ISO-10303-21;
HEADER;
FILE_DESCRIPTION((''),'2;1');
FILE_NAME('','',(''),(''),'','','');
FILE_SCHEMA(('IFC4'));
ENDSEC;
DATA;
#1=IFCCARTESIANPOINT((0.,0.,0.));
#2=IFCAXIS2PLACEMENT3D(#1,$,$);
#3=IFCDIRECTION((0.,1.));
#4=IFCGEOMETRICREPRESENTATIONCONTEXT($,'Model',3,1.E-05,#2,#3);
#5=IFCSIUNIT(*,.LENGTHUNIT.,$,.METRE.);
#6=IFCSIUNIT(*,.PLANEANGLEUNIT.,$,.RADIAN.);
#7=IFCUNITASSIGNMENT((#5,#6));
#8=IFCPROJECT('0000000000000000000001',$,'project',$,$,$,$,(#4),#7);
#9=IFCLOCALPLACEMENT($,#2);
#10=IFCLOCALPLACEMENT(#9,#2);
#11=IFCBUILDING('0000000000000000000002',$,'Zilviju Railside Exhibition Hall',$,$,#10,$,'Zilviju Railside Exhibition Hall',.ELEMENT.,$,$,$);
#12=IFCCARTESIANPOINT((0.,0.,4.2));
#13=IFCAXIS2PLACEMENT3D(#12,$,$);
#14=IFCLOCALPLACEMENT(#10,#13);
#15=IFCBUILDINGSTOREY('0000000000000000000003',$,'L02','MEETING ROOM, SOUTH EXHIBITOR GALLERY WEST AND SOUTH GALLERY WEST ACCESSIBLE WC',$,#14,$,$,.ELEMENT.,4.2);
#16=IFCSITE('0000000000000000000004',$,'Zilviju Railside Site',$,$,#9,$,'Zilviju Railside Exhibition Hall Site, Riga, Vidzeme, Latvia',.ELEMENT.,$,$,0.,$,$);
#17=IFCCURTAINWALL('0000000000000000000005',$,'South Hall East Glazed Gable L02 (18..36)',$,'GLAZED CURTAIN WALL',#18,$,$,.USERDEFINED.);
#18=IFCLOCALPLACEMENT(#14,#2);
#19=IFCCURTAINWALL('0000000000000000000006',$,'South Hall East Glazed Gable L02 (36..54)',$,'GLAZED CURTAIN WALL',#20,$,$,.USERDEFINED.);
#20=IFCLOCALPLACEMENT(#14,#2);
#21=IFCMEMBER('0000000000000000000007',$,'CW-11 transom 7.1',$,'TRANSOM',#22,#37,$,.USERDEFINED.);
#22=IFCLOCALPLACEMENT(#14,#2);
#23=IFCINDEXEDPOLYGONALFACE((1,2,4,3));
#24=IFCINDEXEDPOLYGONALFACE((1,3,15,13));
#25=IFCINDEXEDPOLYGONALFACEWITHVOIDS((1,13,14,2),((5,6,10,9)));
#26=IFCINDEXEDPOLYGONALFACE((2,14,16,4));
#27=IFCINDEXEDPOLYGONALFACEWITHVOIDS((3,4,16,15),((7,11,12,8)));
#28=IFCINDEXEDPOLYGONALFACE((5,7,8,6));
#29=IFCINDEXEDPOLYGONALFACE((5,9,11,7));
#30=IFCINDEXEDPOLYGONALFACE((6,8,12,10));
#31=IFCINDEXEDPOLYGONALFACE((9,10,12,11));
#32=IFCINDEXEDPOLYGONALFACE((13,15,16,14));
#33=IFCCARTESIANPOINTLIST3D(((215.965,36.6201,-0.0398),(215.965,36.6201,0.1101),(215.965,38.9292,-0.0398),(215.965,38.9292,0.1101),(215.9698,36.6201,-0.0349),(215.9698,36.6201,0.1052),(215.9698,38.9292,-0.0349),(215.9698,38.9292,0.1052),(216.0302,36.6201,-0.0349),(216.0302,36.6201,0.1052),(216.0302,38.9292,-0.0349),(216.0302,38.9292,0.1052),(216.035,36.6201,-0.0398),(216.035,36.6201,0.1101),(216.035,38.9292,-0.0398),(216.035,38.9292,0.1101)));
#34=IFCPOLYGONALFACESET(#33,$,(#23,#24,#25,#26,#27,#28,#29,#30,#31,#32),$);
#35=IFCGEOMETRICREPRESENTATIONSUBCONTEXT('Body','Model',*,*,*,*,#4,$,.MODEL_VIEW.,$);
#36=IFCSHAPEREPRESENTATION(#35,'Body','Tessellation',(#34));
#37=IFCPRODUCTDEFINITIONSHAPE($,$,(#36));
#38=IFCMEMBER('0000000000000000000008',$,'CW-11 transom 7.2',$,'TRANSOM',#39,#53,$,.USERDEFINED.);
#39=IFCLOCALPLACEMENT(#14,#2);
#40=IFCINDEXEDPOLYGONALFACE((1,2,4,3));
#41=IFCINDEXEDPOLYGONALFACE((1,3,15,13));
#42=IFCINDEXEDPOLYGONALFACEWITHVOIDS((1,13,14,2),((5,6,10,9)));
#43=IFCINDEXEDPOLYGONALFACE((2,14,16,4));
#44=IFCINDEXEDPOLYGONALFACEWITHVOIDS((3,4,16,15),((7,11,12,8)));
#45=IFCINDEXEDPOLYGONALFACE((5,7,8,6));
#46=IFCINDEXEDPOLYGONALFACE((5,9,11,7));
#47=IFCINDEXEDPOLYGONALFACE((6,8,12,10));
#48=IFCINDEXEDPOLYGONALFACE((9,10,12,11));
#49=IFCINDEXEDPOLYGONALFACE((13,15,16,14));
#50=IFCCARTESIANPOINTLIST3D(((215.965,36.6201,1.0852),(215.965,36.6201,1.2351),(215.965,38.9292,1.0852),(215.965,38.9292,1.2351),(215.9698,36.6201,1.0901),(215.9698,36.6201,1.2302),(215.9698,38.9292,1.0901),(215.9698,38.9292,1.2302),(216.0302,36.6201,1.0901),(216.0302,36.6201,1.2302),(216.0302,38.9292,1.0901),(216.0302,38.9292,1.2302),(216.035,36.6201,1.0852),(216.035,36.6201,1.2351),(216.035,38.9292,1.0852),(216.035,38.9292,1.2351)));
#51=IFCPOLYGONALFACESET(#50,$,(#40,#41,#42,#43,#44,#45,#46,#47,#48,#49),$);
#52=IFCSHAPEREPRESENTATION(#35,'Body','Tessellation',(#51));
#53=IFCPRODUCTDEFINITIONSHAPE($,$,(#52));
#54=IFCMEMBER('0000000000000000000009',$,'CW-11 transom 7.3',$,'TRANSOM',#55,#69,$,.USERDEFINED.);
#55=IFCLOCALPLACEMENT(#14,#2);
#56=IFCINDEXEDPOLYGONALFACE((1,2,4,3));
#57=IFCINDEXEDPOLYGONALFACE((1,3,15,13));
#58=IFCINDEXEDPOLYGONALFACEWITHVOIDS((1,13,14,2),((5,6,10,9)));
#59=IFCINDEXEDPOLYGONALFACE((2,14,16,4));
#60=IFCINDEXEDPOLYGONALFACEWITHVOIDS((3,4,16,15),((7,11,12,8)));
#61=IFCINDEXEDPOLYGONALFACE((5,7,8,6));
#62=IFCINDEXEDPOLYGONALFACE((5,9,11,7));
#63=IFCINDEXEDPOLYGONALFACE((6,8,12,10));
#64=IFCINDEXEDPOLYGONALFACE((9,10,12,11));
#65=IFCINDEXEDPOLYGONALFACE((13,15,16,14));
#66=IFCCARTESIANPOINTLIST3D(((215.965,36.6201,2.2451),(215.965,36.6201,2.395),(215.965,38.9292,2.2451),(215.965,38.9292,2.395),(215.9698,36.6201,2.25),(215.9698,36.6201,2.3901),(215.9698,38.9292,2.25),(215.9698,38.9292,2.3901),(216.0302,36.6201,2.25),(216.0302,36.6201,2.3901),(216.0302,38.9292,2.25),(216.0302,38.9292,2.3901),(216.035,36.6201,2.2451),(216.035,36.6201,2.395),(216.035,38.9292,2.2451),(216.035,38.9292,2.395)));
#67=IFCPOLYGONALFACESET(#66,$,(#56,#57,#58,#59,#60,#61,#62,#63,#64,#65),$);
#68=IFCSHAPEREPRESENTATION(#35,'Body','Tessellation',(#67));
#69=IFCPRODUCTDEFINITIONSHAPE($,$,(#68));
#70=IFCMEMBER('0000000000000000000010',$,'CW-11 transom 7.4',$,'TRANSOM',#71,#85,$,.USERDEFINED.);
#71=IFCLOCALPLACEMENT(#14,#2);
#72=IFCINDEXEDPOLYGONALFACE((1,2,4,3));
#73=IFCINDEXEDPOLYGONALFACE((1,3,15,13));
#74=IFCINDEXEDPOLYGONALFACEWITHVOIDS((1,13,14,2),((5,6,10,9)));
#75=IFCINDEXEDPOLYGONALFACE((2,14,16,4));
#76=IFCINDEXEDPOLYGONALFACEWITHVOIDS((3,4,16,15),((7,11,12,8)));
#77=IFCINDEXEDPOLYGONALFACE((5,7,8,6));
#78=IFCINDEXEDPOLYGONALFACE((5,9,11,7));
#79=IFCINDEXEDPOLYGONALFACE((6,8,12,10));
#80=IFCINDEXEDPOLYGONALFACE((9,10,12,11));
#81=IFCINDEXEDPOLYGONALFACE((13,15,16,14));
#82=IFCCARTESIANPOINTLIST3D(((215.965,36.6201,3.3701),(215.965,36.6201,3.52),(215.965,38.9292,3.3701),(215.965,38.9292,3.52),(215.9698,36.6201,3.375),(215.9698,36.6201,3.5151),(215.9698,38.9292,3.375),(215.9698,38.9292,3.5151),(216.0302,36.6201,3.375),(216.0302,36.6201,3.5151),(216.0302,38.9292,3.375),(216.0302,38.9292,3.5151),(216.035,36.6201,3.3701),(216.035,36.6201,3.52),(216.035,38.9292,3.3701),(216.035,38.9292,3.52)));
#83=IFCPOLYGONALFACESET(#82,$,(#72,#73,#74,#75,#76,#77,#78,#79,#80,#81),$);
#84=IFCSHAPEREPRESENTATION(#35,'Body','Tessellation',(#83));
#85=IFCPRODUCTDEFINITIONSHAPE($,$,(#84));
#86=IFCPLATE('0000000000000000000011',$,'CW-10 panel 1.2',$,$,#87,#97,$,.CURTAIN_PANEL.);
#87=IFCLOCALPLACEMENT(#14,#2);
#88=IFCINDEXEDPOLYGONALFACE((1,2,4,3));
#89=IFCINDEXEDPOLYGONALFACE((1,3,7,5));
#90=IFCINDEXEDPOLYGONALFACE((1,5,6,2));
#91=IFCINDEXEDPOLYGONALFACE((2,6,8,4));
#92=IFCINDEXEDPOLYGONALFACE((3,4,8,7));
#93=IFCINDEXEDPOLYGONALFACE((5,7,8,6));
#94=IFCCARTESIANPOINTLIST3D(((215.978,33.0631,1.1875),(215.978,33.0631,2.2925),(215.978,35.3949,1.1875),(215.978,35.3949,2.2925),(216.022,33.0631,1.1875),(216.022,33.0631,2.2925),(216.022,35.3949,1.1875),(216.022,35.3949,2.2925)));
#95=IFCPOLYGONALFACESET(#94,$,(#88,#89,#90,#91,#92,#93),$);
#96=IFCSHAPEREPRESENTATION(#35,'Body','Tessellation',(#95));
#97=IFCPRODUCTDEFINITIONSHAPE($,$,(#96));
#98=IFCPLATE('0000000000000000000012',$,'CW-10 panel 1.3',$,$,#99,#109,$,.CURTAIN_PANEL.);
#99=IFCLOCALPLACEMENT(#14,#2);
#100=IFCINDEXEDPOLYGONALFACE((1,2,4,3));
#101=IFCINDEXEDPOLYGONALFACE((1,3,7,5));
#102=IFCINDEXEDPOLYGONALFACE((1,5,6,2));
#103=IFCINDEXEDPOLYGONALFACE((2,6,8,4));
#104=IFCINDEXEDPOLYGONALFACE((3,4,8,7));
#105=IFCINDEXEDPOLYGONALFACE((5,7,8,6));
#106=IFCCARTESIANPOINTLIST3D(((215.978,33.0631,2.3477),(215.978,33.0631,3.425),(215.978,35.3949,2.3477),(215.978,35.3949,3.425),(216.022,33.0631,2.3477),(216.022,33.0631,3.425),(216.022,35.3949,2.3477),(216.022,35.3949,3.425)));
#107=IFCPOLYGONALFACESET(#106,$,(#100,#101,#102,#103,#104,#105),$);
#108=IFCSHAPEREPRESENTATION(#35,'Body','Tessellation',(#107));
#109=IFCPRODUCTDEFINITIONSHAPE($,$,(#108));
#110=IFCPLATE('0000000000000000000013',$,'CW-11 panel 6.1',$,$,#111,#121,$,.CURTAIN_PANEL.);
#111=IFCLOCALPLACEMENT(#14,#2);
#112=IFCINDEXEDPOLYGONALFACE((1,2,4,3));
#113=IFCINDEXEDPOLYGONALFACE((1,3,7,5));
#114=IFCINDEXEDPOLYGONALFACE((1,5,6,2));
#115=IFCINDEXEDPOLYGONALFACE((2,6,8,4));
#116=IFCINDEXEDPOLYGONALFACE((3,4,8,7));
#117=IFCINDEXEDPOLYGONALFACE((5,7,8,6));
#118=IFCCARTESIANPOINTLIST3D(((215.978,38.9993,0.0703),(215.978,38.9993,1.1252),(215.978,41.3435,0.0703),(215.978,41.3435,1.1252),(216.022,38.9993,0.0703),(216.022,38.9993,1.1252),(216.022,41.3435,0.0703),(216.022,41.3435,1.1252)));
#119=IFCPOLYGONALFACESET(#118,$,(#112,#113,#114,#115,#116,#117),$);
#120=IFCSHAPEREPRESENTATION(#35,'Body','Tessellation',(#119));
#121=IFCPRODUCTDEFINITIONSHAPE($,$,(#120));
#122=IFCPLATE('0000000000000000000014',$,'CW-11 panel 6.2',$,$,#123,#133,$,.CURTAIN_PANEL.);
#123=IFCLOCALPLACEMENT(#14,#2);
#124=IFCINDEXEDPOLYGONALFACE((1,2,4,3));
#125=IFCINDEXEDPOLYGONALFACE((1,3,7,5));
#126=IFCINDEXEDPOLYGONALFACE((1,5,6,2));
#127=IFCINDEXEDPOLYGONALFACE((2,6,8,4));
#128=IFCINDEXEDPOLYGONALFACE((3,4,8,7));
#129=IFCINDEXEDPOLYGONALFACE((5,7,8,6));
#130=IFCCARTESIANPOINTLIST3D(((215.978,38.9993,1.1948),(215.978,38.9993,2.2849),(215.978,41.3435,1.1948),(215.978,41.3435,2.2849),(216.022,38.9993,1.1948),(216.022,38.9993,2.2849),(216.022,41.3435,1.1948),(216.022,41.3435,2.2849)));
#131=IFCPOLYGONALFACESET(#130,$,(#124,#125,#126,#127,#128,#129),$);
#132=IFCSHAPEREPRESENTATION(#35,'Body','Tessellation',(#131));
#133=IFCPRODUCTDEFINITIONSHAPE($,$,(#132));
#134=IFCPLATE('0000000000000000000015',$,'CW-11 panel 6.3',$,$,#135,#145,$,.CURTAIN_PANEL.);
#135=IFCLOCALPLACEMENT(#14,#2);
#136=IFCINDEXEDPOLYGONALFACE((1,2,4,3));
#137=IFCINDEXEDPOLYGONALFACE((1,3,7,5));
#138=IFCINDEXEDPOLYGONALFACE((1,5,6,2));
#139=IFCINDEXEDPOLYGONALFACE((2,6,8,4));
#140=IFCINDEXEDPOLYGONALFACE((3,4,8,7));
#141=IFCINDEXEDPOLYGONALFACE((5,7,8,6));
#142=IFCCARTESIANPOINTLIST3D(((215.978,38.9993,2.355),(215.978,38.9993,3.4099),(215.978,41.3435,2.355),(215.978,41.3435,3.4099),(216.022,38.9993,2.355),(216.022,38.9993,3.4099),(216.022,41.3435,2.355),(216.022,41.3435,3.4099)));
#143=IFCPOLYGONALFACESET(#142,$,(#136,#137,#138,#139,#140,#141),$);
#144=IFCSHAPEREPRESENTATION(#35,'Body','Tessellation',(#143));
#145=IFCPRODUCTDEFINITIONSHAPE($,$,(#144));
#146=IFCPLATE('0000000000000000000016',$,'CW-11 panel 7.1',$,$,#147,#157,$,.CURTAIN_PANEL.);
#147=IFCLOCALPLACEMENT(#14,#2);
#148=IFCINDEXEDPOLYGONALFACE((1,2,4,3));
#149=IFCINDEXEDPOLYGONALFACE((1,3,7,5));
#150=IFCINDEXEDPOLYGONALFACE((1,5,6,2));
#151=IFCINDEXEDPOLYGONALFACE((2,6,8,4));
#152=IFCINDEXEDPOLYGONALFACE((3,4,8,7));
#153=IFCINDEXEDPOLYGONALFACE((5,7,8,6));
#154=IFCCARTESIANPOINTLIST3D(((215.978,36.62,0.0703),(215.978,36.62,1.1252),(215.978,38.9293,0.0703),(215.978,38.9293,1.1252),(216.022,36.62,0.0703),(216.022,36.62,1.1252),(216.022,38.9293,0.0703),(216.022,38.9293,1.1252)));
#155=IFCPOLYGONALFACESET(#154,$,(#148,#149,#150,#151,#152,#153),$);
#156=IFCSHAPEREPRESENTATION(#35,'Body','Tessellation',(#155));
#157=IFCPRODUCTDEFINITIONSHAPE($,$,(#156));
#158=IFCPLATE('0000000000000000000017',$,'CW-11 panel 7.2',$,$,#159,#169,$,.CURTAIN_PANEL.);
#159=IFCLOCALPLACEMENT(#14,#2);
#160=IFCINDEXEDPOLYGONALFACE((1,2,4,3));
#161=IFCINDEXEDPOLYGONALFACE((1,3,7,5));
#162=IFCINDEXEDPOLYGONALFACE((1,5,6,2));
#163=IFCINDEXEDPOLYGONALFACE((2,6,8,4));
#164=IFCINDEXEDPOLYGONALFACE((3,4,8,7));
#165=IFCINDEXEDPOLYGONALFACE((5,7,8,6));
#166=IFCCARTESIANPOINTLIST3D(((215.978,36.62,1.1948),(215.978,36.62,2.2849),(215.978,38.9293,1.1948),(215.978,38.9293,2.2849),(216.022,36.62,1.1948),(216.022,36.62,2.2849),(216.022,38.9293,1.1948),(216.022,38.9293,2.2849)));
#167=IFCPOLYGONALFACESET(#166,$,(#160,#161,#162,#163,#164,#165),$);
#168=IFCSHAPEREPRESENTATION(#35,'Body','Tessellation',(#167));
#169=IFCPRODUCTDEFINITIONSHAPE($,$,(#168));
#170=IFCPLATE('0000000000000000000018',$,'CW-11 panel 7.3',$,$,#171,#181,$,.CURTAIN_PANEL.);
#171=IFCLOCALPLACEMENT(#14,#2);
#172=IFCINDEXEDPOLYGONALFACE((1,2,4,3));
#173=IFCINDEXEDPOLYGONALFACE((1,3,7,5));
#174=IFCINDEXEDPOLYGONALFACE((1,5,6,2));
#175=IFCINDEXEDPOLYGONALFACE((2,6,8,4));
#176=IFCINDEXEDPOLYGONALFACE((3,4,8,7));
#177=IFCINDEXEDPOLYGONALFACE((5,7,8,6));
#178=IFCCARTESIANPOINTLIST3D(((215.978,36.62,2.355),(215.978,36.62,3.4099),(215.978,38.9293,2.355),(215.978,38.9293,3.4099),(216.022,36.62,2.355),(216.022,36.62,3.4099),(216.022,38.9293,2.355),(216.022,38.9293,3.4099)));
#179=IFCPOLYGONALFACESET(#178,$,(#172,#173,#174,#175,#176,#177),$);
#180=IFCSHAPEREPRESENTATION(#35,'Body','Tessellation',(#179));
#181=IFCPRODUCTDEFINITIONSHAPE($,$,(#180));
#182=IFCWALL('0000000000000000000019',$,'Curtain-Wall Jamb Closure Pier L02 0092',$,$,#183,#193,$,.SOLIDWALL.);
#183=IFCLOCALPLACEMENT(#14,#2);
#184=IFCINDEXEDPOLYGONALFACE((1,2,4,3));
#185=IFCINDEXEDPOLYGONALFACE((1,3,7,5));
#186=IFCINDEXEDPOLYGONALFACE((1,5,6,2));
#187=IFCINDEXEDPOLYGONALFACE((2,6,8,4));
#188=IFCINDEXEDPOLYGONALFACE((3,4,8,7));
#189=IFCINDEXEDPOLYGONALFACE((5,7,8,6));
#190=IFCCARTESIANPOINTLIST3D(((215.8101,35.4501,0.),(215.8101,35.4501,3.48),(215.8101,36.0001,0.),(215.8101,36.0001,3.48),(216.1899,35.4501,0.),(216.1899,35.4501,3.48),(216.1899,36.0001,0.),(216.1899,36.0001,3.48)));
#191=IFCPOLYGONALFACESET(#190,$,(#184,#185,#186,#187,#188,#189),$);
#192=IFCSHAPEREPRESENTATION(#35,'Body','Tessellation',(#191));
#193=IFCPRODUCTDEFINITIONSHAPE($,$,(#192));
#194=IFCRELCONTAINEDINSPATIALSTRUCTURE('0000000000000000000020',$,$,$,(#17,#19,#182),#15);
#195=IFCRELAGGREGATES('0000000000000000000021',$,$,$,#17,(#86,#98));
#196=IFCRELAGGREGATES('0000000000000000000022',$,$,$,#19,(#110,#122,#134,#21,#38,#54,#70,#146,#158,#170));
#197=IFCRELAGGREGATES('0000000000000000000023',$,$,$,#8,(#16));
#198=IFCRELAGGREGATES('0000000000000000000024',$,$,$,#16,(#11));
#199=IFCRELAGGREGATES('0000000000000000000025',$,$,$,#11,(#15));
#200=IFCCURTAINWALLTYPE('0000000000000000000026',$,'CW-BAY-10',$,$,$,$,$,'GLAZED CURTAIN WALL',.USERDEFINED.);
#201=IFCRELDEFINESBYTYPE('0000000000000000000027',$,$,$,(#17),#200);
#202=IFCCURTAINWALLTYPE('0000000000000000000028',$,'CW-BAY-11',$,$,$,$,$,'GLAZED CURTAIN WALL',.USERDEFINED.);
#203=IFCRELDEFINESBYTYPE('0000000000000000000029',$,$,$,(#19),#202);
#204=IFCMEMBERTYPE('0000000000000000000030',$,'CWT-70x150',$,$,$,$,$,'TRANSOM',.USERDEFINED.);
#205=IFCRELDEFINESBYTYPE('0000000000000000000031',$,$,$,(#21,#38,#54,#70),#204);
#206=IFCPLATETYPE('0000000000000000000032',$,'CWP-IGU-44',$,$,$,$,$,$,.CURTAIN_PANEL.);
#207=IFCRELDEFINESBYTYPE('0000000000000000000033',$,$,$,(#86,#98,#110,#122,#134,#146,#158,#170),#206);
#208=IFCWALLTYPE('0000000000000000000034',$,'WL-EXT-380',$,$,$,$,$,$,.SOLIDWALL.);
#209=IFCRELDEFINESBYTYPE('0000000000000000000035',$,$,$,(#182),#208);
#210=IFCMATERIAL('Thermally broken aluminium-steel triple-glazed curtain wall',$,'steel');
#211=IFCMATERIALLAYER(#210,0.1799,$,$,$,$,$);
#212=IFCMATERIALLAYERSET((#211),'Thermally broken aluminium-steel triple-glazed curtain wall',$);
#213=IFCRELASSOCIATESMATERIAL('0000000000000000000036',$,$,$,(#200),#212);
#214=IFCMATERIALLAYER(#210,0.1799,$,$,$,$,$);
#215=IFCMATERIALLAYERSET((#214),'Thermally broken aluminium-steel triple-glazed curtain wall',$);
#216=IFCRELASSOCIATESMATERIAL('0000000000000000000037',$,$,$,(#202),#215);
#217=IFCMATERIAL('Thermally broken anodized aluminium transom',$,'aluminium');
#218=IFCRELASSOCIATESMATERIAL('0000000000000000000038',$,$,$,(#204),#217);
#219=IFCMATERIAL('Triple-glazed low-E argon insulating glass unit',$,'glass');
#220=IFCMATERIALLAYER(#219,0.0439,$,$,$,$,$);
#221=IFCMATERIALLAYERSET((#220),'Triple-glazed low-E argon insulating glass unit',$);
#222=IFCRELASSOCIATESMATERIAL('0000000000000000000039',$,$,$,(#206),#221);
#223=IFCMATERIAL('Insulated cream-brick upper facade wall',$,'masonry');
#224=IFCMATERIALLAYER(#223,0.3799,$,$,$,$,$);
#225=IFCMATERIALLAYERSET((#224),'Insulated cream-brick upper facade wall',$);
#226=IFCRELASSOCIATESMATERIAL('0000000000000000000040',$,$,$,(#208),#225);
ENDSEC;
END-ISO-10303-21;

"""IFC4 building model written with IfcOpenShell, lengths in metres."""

from ifc_helpers import new_model, si_unit, direction, frame, frame_2d, origin, origin_2d, place, context, subcontext, project, spatial, rectangle, hollow_rectangle, extrude, material, layer, layer_set, material_profile, profile_set, type_object, element, aggregate, save


model = new_model("IFC4")

# Units and contexts
model_context = context("Model", 3, precision=1e-05, world=origin(), true_north=direction((0.0, 1.0)))
body_context = subcontext(model_context, "Body", "Model", "MODEL_VIEW")
ifc_project = project(units=[si_unit("LENGTHUNIT", "METRE"), si_unit("PLANEANGLEUNIT", "RADIAN")], contexts=[model_context])

# Site, building, storey
site_placement = place(None, origin())
site = spatial("IfcSite", under=ifc_project, at=site_placement, Name="Zilviju Railside Site", LongName="Zilviju Railside Exhibition Hall Site, Riga, Vidzeme, Latvia", CompositionType="ELEMENT", RefElevation=0.0)
building_placement = place(site_placement, origin())
building = spatial("IfcBuilding", under=site, at=building_placement, Name="Zilviju Railside Exhibition Hall", LongName="Zilviju Railside Exhibition Hall", CompositionType="ELEMENT")
storey_placement = place(building_placement, frame((0.0, 0.0, 4.2)))
storey = spatial("IfcBuildingStorey", under=building, at=storey_placement, Name="L02", Description="MEETING ROOM, SOUTH EXHIBITOR GALLERY WEST AND SOUTH GALLERY WEST ACCESSIBLE WC", CompositionType="ELEMENT", Elevation=4.2)

# Curtain wall
ifc_material_1 = material(Name="Thermally broken aluminium-steel triple-glazed curtain wall", Category="steel")
ifc_layer_1 = layer(ifc_material_1, 0.1799)
ifc_layer_set_1 = layer_set([ifc_layer_1], Name="Thermally broken aluminium-steel triple-glazed curtain wall")
curtain_wall_type_1 = type_object("IfcCurtainWallType", Name="CW-BAY-10", ElementType="GLAZED CURTAIN WALL", PredefinedType="USERDEFINED", material=ifc_layer_set_1)
curtain_wall_1_placement = place(storey_placement, origin())
curtain_wall_1 = element("IfcCurtainWall", 1, at=curtain_wall_1_placement, inside=storey, type_object=curtain_wall_type_1, Name="South Hall East Glazed Gable L02 (18..36)", ObjectType="GLAZED CURTAIN WALL", PredefinedType="USERDEFINED")

# Curtain wall
ifc_layer_2 = layer(ifc_material_1, 0.1799)
ifc_layer_set_2 = layer_set([ifc_layer_2], Name="Thermally broken aluminium-steel triple-glazed curtain wall")
curtain_wall_type_2 = type_object("IfcCurtainWallType", Name="CW-BAY-11", ElementType="GLAZED CURTAIN WALL", PredefinedType="USERDEFINED", material=ifc_layer_set_2)
curtain_wall_2_placement = place(storey_placement, origin())
curtain_wall_2 = element("IfcCurtainWall", 2, at=curtain_wall_2_placement, inside=storey, type_object=curtain_wall_type_2, Name="South Hall East Glazed Gable L02 (36..54)", ObjectType="GLAZED CURTAIN WALL", PredefinedType="USERDEFINED")

# Members
ifc_material_2 = material(Name="Thermally broken anodized aluminium transom", Category="aluminium")
ifc_material_profile_1 = material_profile(ifc_material_2, hollow_rectangle(XDim=0.0701, YDim=0.1499, WallThickness=0.0049, at=origin_2d()), Name="TRANSOM 150x70x5")
ifc_profile_set_1 = profile_set([ifc_material_profile_1], Name="Thermally broken anodized aluminium transom")
member_type_1 = type_object("IfcMemberType", Name="CWT-70x150", ElementType="TRANSOM", PredefinedType="USERDEFINED", material=ifc_profile_set_1)
member_1_placement = place(storey_placement, frame((216.0, 38.9292, 0.0352), z_axis=(0.0, -1.0, 0.0), x_axis=(1.0, 0.0, 0.0)))
member_1 = element("IfcMember", 3, at=member_1_placement, type_object=member_type_1, Name="CW-11 transom 7.1", ObjectType="TRANSOM", PredefinedType="USERDEFINED", context=body_context, shape_type="SweptSolid", body=[
    extrude(hollow_rectangle(XDim=0.0701, YDim=0.1499, WallThickness=0.0049, at=origin_2d()), origin(), (0.0, 0.0, 1.0), 2.3091),
])
member_2_placement = place(storey_placement, frame((216.0, 38.9292, 1.1602), z_axis=(0.0, -1.0, 0.0), x_axis=(1.0, 0.0, 0.0)))
member_2 = element("IfcMember", 4, at=member_2_placement, type_object=member_type_1, Name="CW-11 transom 7.2", ObjectType="TRANSOM", PredefinedType="USERDEFINED", context=body_context, shape_type="SweptSolid", body=[
    extrude(hollow_rectangle(XDim=0.0701, YDim=0.1499, WallThickness=0.0049, at=origin_2d()), origin(), (0.0, 0.0, 1.0), 2.3091),
])
member_3_placement = place(storey_placement, frame((216.0, 38.9292, 2.3201), z_axis=(0.0, -1.0, 0.0), x_axis=(1.0, 0.0, 0.0)))
member_3 = element("IfcMember", 5, at=member_3_placement, type_object=member_type_1, Name="CW-11 transom 7.3", ObjectType="TRANSOM", PredefinedType="USERDEFINED", context=body_context, shape_type="SweptSolid", body=[
    extrude(hollow_rectangle(XDim=0.0701, YDim=0.1499, WallThickness=0.0049, at=origin_2d()), origin(), (0.0, 0.0, 1.0), 2.3091),
])
member_4_placement = place(storey_placement, frame((216.0, 38.9292, 3.4451), z_axis=(0.0, -1.0, 0.0), x_axis=(1.0, 0.0, 0.0)))
member_4 = element("IfcMember", 6, at=member_4_placement, type_object=member_type_1, Name="CW-11 transom 7.4", ObjectType="TRANSOM", PredefinedType="USERDEFINED", context=body_context, shape_type="SweptSolid", body=[
    extrude(hollow_rectangle(XDim=0.0701, YDim=0.1499, WallThickness=0.0049, at=origin_2d()), origin(), (0.0, 0.0, 1.0), 2.3091),
])

# Plates
ifc_material_3 = material(Name="Triple-glazed low-E argon insulating glass unit", Category="glass")
ifc_layer_3 = layer(ifc_material_3, 0.0439)
ifc_layer_set_3 = layer_set([ifc_layer_3], Name="Triple-glazed low-E argon insulating glass unit")
plate_type = type_object("IfcPlateType", Name="CWP-IGU-44", PredefinedType="CURTAIN_PANEL", material=ifc_layer_set_3)
plate_1_placement = place(storey_placement, frame((216.0, 34.229, 1.1875), z_axis=(0.0, 0.0, 1.0), x_axis=(0.0, -1.0, 0.0)))
plate_1 = element("IfcPlate", 7, at=plate_1_placement, type_object=plate_type, Name="CW-10 panel 1.2", PredefinedType="CURTAIN_PANEL", context=body_context, shape_type="SweptSolid", body=[
    extrude(rectangle(XDim=2.3318, YDim=0.0439, at=origin_2d()), origin(), (0.0, 0.0, 1.0), 1.105),
])
plate_2_placement = place(storey_placement, frame((216.0, 34.229, 2.3477), z_axis=(0.0, 0.0, 1.0), x_axis=(0.0, -1.0, 0.0)))
plate_2 = element("IfcPlate", 8, at=plate_2_placement, type_object=plate_type, Name="CW-10 panel 1.3", PredefinedType="CURTAIN_PANEL", context=body_context, shape_type="SweptSolid", body=[
    extrude(rectangle(XDim=2.3318, YDim=0.0439, at=origin_2d()), origin(), (0.0, 0.0, 1.0), 1.0774),
])
aggregate(curtain_wall_1, [plate_1, plate_2])
plate_3_placement = place(storey_placement, frame((216.0, 40.1714, 0.0703), z_axis=(0.0, 0.0, 1.0), x_axis=(0.0, -1.0, 0.0)))
plate_3 = element("IfcPlate", 9, at=plate_3_placement, type_object=plate_type, Name="CW-11 panel 6.1", PredefinedType="CURTAIN_PANEL", context=body_context, shape_type="SweptSolid", body=[
    extrude(rectangle(XDim=2.3442, YDim=0.0439, at=origin_2d()), origin(), (0.0, 0.0, 1.0), 1.0549),
])
plate_4_placement = place(storey_placement, frame((216.0, 40.1714, 1.1948), z_axis=(0.0, 0.0, 1.0), x_axis=(0.0, -1.0, 0.0)))
plate_4 = element("IfcPlate", 10, at=plate_4_placement, type_object=plate_type, Name="CW-11 panel 6.2", PredefinedType="CURTAIN_PANEL", context=body_context, shape_type="SweptSolid", body=[
    extrude(rectangle(XDim=2.3442, YDim=0.0439, at=origin_2d()), origin(), (0.0, 0.0, 1.0), 1.0901),
])
plate_5_placement = place(storey_placement, frame((216.0, 40.1714, 2.355), z_axis=(0.0, 0.0, 1.0), x_axis=(0.0, -1.0, 0.0)))
plate_5 = element("IfcPlate", 11, at=plate_5_placement, type_object=plate_type, Name="CW-11 panel 6.3", PredefinedType="CURTAIN_PANEL", context=body_context, shape_type="SweptSolid", body=[
    extrude(rectangle(XDim=2.3442, YDim=0.0439, at=origin_2d()), origin(), (0.0, 0.0, 1.0), 1.0549),
])
plate_6_placement = place(storey_placement, frame((216.0, 37.7747, 0.0703), z_axis=(0.0, 0.0, 1.0), x_axis=(0.0, -1.0, 0.0)))
plate_6 = element("IfcPlate", 12, at=plate_6_placement, type_object=plate_type, Name="CW-11 panel 7.1", PredefinedType="CURTAIN_PANEL", context=body_context, shape_type="SweptSolid", body=[
    extrude(rectangle(XDim=2.3093, YDim=0.0439, at=origin_2d()), origin(), (0.0, 0.0, 1.0), 1.0549),
])
plate_7_placement = place(storey_placement, frame((216.0, 37.7747, 1.1948), z_axis=(0.0, 0.0, 1.0), x_axis=(0.0, -1.0, 0.0)))
plate_7 = element("IfcPlate", 13, at=plate_7_placement, type_object=plate_type, Name="CW-11 panel 7.2", PredefinedType="CURTAIN_PANEL", context=body_context, shape_type="SweptSolid", body=[
    extrude(rectangle(XDim=2.3093, YDim=0.0439, at=origin_2d()), origin(), (0.0, 0.0, 1.0), 1.0901),
])
plate_8_placement = place(storey_placement, frame((216.0, 37.7747, 2.355), z_axis=(0.0, 0.0, 1.0), x_axis=(0.0, -1.0, 0.0)))
plate_8 = element("IfcPlate", 14, at=plate_8_placement, type_object=plate_type, Name="CW-11 panel 7.3", PredefinedType="CURTAIN_PANEL", context=body_context, shape_type="SweptSolid", body=[
    extrude(rectangle(XDim=2.3093, YDim=0.0439, at=origin_2d()), origin(), (0.0, 0.0, 1.0), 1.0549),
])
aggregate(curtain_wall_2, [plate_3, plate_4, plate_5, member_1, member_2, member_3, member_4, plate_6, plate_7, plate_8])

# Wall
ifc_material_4 = material(Name="Insulated cream-brick upper facade wall", Category="masonry")
ifc_layer_4 = layer(ifc_material_4, 0.3799)
ifc_layer_set_4 = layer_set([ifc_layer_4], Name="Insulated cream-brick upper facade wall")
wall_type = type_object("IfcWallType", Name="WL-EXT-380", PredefinedType="SOLIDWALL", material=ifc_layer_set_4)
wall_1_placement = place(storey_placement, frame((216.0, 36.0, 0.0), z_axis=(0.0, 0.0, 1.0), x_axis=(0.0, -1.0, 0.0)))
element("IfcWall", 15, at=wall_1_placement, inside=storey, type_object=wall_type, Name="Curtain-Wall Jamb Closure Pier L02 0092", PredefinedType="SOLIDWALL", context=body_context, shape_type="SweptSolid", body=[
    extrude(rectangle(XDim=0.55, YDim=0.3799, at=frame_2d((0.2749, 0.0))), origin(), (0.0, 0.0, 1.0), 3.48),
])

save(model, "model.ifc")
